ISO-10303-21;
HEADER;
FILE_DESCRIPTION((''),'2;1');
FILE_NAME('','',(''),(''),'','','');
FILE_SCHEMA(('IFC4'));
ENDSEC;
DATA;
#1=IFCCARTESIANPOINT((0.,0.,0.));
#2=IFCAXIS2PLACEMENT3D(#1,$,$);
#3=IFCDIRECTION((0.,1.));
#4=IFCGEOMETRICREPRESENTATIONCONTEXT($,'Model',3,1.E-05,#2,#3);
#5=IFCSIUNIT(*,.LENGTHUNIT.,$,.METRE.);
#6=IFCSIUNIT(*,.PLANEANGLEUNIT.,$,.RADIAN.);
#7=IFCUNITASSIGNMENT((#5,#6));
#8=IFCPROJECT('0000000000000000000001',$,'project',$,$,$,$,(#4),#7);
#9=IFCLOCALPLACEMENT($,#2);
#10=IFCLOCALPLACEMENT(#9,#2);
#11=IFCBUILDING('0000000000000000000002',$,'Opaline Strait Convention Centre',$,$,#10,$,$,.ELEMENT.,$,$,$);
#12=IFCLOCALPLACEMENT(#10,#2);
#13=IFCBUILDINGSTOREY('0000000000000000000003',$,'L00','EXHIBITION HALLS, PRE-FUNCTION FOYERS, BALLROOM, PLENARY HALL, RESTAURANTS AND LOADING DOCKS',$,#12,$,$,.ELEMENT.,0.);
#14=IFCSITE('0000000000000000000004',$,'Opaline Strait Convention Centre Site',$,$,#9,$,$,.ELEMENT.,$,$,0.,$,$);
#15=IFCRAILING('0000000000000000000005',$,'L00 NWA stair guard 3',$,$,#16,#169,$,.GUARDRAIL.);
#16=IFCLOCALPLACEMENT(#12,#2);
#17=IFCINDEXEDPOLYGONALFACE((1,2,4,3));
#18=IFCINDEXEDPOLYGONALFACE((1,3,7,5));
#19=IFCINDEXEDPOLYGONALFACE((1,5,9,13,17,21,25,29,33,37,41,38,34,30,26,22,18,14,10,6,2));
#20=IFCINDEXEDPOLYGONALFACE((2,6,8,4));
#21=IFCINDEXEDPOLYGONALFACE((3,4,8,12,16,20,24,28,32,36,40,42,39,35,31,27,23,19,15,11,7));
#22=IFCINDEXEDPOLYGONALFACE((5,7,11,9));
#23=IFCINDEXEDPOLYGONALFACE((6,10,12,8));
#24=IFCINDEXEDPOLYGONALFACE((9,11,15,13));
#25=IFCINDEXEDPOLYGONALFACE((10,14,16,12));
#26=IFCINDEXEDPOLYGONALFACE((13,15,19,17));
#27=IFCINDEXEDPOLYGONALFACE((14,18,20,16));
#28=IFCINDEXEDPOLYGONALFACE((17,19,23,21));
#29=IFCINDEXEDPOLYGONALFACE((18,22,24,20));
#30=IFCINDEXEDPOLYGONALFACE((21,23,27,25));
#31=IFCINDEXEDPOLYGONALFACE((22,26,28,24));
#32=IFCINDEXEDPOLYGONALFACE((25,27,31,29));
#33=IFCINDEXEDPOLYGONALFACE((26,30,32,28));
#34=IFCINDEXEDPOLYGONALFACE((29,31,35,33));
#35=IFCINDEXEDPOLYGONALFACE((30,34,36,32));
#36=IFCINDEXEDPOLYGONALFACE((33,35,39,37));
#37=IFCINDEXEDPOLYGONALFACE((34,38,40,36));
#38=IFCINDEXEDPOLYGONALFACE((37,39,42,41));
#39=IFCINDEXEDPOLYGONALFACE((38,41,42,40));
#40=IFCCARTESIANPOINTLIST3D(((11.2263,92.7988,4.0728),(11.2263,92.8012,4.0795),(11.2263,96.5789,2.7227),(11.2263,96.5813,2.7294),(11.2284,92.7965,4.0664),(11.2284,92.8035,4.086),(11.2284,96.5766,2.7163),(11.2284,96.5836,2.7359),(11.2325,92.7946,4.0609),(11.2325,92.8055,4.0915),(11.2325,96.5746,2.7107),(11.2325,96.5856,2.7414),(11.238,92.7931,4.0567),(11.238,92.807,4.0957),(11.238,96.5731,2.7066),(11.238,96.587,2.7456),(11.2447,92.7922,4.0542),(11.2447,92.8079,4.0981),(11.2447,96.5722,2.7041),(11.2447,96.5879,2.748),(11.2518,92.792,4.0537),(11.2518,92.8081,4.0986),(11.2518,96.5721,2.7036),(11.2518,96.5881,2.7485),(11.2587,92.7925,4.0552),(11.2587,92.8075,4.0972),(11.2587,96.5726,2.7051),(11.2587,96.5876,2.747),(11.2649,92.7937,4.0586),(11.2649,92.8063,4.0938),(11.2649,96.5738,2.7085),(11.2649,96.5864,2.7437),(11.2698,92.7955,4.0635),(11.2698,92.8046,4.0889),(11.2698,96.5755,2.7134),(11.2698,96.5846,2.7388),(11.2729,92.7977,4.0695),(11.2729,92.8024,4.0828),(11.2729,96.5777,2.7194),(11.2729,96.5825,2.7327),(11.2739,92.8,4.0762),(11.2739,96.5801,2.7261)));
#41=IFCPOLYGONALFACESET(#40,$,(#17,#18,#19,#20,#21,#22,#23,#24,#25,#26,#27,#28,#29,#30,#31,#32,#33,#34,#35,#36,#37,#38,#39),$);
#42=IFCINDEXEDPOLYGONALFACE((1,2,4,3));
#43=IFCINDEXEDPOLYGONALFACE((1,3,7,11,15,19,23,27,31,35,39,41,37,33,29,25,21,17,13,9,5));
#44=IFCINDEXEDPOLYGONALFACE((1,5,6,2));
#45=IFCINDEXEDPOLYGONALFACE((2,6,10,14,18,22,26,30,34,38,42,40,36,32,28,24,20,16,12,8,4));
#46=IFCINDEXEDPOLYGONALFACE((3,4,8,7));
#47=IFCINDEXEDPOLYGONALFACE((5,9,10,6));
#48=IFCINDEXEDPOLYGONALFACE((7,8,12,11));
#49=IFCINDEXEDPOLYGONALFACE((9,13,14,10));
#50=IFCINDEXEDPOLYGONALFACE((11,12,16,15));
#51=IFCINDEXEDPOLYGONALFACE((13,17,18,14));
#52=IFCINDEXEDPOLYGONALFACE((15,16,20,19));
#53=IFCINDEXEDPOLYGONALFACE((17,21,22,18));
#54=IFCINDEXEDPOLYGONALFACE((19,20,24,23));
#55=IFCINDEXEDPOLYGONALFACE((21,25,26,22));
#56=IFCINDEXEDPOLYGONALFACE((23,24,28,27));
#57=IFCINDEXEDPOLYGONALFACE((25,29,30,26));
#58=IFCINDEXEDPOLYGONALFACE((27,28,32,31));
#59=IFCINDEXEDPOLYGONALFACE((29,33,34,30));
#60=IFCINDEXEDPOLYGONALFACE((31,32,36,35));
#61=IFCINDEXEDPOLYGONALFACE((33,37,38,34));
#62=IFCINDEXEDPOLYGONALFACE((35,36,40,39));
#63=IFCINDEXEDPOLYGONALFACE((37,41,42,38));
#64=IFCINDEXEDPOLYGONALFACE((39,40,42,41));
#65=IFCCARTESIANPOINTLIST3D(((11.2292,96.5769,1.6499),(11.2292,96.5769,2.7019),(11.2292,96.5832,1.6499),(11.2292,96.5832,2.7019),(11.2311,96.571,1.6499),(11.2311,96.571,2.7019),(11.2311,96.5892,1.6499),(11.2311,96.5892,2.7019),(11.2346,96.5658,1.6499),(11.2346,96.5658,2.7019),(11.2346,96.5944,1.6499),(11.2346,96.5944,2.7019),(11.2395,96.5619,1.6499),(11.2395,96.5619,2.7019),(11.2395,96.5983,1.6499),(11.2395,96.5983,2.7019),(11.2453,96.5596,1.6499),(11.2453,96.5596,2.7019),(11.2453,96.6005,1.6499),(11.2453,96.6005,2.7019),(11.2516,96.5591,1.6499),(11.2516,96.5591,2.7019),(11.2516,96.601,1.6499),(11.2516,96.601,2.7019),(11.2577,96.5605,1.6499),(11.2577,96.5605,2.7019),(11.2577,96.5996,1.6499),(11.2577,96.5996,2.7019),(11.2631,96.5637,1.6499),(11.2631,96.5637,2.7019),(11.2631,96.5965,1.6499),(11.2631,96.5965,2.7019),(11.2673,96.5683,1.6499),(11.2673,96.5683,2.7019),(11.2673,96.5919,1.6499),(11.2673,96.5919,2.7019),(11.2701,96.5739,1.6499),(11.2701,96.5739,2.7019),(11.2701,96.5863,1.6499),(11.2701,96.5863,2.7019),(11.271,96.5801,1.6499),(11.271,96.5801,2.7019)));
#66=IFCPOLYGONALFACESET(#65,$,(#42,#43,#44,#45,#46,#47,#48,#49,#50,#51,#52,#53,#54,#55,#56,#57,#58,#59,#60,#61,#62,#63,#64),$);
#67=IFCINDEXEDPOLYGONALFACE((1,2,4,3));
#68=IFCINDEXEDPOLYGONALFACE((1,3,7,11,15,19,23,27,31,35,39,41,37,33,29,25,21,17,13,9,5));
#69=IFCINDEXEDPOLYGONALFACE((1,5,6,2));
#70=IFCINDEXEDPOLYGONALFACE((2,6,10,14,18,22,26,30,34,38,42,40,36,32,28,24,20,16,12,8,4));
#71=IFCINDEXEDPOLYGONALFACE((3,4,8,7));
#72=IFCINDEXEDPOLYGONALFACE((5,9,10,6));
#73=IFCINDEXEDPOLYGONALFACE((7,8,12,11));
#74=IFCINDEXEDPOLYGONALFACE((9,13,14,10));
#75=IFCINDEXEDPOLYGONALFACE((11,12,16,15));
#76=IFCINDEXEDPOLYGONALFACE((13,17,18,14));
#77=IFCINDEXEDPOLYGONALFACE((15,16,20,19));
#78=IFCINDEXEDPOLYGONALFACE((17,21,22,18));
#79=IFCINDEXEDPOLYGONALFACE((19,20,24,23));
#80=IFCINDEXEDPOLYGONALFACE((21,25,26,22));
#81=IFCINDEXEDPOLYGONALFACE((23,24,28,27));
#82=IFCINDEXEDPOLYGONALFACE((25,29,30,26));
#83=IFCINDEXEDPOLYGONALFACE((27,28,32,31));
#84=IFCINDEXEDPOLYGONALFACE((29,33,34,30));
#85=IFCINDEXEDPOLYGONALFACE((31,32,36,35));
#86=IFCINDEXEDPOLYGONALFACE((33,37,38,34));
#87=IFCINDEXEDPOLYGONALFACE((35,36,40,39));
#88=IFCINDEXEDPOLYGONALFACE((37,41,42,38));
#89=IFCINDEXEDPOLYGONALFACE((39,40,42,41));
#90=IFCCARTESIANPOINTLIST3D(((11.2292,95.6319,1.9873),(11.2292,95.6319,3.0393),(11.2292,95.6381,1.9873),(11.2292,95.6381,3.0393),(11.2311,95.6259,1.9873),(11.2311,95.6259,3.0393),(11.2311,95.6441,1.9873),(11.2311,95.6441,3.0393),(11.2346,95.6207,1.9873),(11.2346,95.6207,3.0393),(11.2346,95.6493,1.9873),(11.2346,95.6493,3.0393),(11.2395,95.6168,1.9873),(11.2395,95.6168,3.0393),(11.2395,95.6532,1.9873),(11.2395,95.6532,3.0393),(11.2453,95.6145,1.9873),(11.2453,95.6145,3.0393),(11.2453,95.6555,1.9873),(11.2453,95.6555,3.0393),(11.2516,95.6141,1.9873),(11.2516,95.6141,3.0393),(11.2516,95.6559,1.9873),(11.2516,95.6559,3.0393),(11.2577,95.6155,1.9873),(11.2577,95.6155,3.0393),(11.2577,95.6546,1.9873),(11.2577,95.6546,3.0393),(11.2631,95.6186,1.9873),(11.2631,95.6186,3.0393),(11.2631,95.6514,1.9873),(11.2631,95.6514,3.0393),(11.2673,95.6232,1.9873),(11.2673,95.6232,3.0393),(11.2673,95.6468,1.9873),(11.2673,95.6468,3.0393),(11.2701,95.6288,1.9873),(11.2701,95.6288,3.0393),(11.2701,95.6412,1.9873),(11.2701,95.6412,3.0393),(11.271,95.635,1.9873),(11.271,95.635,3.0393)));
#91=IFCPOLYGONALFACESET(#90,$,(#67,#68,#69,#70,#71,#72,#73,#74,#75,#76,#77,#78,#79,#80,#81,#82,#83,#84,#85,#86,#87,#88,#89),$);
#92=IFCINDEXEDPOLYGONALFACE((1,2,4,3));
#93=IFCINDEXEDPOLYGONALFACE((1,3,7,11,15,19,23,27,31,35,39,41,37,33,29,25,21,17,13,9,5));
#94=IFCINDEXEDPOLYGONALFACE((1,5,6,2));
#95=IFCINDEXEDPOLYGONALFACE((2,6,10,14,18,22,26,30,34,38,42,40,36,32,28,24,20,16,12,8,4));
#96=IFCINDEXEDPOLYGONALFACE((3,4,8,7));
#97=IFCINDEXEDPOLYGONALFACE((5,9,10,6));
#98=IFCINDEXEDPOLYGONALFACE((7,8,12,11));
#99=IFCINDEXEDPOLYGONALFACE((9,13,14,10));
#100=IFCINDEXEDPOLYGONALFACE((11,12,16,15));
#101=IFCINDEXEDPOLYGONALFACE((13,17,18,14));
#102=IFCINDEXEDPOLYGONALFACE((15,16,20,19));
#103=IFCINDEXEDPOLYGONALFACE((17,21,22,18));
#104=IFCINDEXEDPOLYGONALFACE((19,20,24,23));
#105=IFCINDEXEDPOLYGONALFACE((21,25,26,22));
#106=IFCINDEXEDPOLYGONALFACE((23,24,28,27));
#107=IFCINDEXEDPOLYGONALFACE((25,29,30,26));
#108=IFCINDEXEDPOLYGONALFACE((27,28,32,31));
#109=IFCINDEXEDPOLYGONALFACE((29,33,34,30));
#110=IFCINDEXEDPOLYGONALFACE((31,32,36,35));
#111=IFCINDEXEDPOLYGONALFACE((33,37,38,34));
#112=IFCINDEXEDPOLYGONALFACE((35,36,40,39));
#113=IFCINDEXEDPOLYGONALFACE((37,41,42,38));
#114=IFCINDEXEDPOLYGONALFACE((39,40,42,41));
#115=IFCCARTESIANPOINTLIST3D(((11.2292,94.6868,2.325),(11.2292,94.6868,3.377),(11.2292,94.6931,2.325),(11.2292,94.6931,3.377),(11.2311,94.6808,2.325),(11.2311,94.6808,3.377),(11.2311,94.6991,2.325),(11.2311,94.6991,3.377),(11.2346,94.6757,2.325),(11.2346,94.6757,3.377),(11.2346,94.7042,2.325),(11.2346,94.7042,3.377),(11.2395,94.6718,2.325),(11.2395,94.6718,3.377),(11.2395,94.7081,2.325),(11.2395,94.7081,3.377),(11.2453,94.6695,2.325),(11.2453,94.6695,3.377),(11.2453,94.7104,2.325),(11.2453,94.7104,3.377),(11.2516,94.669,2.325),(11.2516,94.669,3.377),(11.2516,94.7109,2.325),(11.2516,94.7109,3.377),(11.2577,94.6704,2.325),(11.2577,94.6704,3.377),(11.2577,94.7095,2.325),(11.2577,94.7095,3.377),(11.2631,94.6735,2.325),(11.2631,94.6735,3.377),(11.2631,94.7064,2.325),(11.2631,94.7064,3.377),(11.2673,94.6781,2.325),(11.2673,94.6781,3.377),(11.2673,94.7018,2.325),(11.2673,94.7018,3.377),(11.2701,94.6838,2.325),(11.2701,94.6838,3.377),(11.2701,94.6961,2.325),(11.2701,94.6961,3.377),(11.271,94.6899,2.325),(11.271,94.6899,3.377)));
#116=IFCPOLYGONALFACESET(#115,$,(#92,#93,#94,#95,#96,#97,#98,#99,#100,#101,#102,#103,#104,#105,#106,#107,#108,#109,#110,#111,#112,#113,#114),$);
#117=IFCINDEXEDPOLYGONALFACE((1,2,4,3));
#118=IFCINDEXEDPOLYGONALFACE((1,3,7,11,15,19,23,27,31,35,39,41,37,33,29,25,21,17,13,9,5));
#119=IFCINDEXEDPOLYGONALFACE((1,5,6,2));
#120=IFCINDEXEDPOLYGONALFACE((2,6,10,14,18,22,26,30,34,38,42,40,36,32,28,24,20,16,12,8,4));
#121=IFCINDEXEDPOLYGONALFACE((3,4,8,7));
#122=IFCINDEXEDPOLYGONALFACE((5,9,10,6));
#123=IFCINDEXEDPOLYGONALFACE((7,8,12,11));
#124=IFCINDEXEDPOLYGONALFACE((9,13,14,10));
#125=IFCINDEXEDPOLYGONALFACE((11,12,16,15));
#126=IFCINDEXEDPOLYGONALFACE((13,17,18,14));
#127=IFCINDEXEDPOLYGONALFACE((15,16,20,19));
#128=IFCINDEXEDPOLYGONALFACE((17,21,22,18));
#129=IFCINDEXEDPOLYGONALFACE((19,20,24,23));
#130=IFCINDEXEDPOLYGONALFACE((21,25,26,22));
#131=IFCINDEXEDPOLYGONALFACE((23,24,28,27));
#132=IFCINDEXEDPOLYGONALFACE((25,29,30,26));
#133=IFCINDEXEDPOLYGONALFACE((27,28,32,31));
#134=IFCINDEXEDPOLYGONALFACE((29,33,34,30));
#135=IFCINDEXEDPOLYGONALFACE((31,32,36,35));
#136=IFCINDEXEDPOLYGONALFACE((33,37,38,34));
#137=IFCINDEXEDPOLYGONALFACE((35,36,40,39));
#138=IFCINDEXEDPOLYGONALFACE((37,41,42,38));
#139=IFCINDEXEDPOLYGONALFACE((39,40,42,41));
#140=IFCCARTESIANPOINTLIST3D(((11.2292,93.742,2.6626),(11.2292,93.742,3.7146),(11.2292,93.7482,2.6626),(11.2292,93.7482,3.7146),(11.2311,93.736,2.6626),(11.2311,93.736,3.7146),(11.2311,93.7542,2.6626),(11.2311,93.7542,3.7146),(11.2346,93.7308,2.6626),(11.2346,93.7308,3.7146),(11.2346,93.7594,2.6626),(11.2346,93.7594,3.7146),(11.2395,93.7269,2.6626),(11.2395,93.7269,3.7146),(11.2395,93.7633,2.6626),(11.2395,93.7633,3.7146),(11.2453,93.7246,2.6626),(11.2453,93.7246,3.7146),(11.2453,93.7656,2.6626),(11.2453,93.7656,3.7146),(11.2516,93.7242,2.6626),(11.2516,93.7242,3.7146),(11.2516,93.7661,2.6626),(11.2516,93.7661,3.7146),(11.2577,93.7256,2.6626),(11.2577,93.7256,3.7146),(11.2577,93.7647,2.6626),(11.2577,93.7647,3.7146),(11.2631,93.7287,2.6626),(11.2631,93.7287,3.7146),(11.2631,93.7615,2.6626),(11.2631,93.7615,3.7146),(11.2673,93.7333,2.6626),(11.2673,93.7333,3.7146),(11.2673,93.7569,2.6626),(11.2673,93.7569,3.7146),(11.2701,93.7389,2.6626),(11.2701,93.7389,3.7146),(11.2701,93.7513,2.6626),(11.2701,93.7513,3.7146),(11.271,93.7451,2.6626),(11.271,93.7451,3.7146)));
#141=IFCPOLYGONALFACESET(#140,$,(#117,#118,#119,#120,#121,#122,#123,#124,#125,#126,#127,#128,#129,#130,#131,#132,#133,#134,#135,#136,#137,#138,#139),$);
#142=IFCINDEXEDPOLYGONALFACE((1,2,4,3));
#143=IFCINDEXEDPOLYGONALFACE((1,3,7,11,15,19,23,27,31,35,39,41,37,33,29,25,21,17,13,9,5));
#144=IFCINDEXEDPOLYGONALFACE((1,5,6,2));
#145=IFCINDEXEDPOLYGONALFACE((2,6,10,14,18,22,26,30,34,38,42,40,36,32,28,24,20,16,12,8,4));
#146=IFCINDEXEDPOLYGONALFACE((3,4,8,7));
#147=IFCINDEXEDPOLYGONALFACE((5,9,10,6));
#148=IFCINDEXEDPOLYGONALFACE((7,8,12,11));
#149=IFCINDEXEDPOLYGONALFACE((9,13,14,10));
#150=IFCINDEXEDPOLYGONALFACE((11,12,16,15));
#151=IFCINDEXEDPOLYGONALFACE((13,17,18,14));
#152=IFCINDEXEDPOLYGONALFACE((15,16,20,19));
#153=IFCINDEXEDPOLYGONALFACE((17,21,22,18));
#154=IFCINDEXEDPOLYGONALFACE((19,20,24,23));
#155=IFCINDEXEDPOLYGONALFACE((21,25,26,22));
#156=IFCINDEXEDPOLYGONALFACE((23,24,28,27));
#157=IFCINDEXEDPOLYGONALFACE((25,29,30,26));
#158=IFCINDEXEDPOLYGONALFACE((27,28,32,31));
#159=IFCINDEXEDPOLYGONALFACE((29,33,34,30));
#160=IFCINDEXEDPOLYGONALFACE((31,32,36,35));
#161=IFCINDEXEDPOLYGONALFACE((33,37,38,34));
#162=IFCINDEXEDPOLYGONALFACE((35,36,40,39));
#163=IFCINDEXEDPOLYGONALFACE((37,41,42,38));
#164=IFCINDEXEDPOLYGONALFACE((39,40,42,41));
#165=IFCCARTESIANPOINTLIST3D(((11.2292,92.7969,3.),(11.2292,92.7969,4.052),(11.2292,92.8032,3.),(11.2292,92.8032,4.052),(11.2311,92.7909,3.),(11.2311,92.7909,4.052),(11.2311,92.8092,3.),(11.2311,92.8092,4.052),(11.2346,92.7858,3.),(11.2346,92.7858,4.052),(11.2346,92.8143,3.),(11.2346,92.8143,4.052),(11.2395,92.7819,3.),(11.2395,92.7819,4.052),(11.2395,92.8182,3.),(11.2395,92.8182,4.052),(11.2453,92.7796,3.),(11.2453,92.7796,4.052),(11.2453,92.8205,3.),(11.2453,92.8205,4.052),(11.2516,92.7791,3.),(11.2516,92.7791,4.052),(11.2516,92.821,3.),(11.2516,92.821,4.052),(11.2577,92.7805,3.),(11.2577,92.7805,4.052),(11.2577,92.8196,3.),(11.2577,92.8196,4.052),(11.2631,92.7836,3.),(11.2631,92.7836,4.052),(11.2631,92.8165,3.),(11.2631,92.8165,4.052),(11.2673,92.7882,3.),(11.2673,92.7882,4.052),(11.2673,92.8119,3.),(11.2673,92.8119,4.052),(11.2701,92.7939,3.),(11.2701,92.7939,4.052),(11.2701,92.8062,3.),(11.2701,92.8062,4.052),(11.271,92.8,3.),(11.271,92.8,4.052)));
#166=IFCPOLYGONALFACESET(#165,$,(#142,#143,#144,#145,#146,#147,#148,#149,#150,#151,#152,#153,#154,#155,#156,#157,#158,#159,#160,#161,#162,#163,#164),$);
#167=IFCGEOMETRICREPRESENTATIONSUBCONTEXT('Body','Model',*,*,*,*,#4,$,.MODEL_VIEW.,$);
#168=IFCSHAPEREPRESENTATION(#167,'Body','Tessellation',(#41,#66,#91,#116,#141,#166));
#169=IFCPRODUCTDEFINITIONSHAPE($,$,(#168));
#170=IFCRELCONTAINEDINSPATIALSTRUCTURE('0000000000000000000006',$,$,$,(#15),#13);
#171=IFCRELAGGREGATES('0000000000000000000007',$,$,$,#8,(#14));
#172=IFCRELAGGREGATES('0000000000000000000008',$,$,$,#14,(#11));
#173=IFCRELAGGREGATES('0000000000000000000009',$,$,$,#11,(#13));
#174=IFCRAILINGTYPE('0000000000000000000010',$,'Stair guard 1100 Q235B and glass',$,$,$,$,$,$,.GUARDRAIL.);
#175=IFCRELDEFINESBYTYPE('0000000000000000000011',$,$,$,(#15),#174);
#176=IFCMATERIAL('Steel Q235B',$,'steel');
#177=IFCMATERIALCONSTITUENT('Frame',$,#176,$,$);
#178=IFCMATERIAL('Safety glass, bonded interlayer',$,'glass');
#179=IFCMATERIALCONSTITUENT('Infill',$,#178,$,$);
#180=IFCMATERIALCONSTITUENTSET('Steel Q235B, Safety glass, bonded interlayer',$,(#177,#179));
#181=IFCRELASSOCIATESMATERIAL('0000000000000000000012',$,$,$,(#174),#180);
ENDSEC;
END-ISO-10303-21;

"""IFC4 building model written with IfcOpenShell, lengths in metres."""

from ifc_helpers import new_model, si_unit, direction, frame, origin, origin_2d, place, context, subcontext, project, spatial, circle, extrude, material, constituent, constituent_set, type_object, element, save


model = new_model("IFC4")

# Units and contexts
model_context = context("Model", 3, precision=1e-05, world=origin(), true_north=direction((0.0, 1.0)))
body_context = subcontext(model_context, "Body", "Model", "MODEL_VIEW")
ifc_project = project(units=[si_unit("LENGTHUNIT", "METRE"), si_unit("PLANEANGLEUNIT", "RADIAN")], contexts=[model_context])

# Site, building, storey
site_placement = place(None, origin())
site = spatial("IfcSite", under=ifc_project, at=site_placement, Name="Opaline Strait Convention Centre Site", CompositionType="ELEMENT", RefElevation=0.0)
building_placement = place(site_placement, origin())
building = spatial("IfcBuilding", under=site, at=building_placement, Name="Opaline Strait Convention Centre", CompositionType="ELEMENT")
storey_placement = place(building_placement, origin())
storey = spatial("IfcBuildingStorey", under=building, at=storey_placement, Name="L00", Description="EXHIBITION HALLS, PRE-FUNCTION FOYERS, BALLROOM, PLENARY HALL, RESTAURANTS AND LOADING DOCKS", CompositionType="ELEMENT", Elevation=0.0)

# Railing
ifc_material_1 = material(Name="Steel Q235B", Category="steel")
ifc_constituent_1 = constituent(ifc_material_1, Name="Frame")
ifc_material_2 = material(Name="Safety glass, bonded interlayer", Category="glass")
ifc_constituent_2 = constituent(ifc_material_2, Name="Infill")
ifc_constituent_set = constituent_set(constituents=[ifc_constituent_1, ifc_constituent_2], Name="Steel Q235B, Safety glass, bonded interlayer")
railing_type_1 = type_object("IfcRailingType", Name="Stair guard 1100 Q235B and glass", PredefinedType="GUARDRAIL", material=ifc_constituent_set)
railing_1_placement = place(storey_placement, frame((11.25, 96.5801, 1.6499)))
element("IfcRailing", 1, at=railing_1_placement, inside=storey, type_object=railing_type_1, Name="L00 NWA stair guard 3", PredefinedType="GUARDRAIL", context=body_context, shape_type="SweptSolid", body=[
    extrude(circle(Radius=0.0239, at=origin_2d()), frame((0.0, 0.0, 1.0762), z_axis=(0.0, -0.941735, 0.336356), x_axis=(1.0, 0.0, 0.0)), (0.0, 0.0, 1.0), 4.0139),
    extrude(circle(Radius=0.021, at=origin_2d()), origin(), (0.0, 0.0, 1.0), 1.052),
    extrude(circle(Radius=0.021, at=origin_2d()), frame((0.0, -0.9451, 0.3374)), (0.0, 0.0, 1.0), 1.052),
    extrude(circle(Radius=0.021, at=origin_2d()), frame((0.0, -1.8901, 0.675)), (0.0, 0.0, 1.0), 1.052),
    extrude(circle(Radius=0.021, at=origin_2d()), frame((0.0, -2.835, 1.0127)), (0.0, 0.0, 1.0), 1.052),
    extrude(circle(Radius=0.021, at=origin_2d()), frame((0.0, -3.78, 1.3501)), (0.0, 0.0, 1.0), 1.052),
])

save(model, "model.ifc")
